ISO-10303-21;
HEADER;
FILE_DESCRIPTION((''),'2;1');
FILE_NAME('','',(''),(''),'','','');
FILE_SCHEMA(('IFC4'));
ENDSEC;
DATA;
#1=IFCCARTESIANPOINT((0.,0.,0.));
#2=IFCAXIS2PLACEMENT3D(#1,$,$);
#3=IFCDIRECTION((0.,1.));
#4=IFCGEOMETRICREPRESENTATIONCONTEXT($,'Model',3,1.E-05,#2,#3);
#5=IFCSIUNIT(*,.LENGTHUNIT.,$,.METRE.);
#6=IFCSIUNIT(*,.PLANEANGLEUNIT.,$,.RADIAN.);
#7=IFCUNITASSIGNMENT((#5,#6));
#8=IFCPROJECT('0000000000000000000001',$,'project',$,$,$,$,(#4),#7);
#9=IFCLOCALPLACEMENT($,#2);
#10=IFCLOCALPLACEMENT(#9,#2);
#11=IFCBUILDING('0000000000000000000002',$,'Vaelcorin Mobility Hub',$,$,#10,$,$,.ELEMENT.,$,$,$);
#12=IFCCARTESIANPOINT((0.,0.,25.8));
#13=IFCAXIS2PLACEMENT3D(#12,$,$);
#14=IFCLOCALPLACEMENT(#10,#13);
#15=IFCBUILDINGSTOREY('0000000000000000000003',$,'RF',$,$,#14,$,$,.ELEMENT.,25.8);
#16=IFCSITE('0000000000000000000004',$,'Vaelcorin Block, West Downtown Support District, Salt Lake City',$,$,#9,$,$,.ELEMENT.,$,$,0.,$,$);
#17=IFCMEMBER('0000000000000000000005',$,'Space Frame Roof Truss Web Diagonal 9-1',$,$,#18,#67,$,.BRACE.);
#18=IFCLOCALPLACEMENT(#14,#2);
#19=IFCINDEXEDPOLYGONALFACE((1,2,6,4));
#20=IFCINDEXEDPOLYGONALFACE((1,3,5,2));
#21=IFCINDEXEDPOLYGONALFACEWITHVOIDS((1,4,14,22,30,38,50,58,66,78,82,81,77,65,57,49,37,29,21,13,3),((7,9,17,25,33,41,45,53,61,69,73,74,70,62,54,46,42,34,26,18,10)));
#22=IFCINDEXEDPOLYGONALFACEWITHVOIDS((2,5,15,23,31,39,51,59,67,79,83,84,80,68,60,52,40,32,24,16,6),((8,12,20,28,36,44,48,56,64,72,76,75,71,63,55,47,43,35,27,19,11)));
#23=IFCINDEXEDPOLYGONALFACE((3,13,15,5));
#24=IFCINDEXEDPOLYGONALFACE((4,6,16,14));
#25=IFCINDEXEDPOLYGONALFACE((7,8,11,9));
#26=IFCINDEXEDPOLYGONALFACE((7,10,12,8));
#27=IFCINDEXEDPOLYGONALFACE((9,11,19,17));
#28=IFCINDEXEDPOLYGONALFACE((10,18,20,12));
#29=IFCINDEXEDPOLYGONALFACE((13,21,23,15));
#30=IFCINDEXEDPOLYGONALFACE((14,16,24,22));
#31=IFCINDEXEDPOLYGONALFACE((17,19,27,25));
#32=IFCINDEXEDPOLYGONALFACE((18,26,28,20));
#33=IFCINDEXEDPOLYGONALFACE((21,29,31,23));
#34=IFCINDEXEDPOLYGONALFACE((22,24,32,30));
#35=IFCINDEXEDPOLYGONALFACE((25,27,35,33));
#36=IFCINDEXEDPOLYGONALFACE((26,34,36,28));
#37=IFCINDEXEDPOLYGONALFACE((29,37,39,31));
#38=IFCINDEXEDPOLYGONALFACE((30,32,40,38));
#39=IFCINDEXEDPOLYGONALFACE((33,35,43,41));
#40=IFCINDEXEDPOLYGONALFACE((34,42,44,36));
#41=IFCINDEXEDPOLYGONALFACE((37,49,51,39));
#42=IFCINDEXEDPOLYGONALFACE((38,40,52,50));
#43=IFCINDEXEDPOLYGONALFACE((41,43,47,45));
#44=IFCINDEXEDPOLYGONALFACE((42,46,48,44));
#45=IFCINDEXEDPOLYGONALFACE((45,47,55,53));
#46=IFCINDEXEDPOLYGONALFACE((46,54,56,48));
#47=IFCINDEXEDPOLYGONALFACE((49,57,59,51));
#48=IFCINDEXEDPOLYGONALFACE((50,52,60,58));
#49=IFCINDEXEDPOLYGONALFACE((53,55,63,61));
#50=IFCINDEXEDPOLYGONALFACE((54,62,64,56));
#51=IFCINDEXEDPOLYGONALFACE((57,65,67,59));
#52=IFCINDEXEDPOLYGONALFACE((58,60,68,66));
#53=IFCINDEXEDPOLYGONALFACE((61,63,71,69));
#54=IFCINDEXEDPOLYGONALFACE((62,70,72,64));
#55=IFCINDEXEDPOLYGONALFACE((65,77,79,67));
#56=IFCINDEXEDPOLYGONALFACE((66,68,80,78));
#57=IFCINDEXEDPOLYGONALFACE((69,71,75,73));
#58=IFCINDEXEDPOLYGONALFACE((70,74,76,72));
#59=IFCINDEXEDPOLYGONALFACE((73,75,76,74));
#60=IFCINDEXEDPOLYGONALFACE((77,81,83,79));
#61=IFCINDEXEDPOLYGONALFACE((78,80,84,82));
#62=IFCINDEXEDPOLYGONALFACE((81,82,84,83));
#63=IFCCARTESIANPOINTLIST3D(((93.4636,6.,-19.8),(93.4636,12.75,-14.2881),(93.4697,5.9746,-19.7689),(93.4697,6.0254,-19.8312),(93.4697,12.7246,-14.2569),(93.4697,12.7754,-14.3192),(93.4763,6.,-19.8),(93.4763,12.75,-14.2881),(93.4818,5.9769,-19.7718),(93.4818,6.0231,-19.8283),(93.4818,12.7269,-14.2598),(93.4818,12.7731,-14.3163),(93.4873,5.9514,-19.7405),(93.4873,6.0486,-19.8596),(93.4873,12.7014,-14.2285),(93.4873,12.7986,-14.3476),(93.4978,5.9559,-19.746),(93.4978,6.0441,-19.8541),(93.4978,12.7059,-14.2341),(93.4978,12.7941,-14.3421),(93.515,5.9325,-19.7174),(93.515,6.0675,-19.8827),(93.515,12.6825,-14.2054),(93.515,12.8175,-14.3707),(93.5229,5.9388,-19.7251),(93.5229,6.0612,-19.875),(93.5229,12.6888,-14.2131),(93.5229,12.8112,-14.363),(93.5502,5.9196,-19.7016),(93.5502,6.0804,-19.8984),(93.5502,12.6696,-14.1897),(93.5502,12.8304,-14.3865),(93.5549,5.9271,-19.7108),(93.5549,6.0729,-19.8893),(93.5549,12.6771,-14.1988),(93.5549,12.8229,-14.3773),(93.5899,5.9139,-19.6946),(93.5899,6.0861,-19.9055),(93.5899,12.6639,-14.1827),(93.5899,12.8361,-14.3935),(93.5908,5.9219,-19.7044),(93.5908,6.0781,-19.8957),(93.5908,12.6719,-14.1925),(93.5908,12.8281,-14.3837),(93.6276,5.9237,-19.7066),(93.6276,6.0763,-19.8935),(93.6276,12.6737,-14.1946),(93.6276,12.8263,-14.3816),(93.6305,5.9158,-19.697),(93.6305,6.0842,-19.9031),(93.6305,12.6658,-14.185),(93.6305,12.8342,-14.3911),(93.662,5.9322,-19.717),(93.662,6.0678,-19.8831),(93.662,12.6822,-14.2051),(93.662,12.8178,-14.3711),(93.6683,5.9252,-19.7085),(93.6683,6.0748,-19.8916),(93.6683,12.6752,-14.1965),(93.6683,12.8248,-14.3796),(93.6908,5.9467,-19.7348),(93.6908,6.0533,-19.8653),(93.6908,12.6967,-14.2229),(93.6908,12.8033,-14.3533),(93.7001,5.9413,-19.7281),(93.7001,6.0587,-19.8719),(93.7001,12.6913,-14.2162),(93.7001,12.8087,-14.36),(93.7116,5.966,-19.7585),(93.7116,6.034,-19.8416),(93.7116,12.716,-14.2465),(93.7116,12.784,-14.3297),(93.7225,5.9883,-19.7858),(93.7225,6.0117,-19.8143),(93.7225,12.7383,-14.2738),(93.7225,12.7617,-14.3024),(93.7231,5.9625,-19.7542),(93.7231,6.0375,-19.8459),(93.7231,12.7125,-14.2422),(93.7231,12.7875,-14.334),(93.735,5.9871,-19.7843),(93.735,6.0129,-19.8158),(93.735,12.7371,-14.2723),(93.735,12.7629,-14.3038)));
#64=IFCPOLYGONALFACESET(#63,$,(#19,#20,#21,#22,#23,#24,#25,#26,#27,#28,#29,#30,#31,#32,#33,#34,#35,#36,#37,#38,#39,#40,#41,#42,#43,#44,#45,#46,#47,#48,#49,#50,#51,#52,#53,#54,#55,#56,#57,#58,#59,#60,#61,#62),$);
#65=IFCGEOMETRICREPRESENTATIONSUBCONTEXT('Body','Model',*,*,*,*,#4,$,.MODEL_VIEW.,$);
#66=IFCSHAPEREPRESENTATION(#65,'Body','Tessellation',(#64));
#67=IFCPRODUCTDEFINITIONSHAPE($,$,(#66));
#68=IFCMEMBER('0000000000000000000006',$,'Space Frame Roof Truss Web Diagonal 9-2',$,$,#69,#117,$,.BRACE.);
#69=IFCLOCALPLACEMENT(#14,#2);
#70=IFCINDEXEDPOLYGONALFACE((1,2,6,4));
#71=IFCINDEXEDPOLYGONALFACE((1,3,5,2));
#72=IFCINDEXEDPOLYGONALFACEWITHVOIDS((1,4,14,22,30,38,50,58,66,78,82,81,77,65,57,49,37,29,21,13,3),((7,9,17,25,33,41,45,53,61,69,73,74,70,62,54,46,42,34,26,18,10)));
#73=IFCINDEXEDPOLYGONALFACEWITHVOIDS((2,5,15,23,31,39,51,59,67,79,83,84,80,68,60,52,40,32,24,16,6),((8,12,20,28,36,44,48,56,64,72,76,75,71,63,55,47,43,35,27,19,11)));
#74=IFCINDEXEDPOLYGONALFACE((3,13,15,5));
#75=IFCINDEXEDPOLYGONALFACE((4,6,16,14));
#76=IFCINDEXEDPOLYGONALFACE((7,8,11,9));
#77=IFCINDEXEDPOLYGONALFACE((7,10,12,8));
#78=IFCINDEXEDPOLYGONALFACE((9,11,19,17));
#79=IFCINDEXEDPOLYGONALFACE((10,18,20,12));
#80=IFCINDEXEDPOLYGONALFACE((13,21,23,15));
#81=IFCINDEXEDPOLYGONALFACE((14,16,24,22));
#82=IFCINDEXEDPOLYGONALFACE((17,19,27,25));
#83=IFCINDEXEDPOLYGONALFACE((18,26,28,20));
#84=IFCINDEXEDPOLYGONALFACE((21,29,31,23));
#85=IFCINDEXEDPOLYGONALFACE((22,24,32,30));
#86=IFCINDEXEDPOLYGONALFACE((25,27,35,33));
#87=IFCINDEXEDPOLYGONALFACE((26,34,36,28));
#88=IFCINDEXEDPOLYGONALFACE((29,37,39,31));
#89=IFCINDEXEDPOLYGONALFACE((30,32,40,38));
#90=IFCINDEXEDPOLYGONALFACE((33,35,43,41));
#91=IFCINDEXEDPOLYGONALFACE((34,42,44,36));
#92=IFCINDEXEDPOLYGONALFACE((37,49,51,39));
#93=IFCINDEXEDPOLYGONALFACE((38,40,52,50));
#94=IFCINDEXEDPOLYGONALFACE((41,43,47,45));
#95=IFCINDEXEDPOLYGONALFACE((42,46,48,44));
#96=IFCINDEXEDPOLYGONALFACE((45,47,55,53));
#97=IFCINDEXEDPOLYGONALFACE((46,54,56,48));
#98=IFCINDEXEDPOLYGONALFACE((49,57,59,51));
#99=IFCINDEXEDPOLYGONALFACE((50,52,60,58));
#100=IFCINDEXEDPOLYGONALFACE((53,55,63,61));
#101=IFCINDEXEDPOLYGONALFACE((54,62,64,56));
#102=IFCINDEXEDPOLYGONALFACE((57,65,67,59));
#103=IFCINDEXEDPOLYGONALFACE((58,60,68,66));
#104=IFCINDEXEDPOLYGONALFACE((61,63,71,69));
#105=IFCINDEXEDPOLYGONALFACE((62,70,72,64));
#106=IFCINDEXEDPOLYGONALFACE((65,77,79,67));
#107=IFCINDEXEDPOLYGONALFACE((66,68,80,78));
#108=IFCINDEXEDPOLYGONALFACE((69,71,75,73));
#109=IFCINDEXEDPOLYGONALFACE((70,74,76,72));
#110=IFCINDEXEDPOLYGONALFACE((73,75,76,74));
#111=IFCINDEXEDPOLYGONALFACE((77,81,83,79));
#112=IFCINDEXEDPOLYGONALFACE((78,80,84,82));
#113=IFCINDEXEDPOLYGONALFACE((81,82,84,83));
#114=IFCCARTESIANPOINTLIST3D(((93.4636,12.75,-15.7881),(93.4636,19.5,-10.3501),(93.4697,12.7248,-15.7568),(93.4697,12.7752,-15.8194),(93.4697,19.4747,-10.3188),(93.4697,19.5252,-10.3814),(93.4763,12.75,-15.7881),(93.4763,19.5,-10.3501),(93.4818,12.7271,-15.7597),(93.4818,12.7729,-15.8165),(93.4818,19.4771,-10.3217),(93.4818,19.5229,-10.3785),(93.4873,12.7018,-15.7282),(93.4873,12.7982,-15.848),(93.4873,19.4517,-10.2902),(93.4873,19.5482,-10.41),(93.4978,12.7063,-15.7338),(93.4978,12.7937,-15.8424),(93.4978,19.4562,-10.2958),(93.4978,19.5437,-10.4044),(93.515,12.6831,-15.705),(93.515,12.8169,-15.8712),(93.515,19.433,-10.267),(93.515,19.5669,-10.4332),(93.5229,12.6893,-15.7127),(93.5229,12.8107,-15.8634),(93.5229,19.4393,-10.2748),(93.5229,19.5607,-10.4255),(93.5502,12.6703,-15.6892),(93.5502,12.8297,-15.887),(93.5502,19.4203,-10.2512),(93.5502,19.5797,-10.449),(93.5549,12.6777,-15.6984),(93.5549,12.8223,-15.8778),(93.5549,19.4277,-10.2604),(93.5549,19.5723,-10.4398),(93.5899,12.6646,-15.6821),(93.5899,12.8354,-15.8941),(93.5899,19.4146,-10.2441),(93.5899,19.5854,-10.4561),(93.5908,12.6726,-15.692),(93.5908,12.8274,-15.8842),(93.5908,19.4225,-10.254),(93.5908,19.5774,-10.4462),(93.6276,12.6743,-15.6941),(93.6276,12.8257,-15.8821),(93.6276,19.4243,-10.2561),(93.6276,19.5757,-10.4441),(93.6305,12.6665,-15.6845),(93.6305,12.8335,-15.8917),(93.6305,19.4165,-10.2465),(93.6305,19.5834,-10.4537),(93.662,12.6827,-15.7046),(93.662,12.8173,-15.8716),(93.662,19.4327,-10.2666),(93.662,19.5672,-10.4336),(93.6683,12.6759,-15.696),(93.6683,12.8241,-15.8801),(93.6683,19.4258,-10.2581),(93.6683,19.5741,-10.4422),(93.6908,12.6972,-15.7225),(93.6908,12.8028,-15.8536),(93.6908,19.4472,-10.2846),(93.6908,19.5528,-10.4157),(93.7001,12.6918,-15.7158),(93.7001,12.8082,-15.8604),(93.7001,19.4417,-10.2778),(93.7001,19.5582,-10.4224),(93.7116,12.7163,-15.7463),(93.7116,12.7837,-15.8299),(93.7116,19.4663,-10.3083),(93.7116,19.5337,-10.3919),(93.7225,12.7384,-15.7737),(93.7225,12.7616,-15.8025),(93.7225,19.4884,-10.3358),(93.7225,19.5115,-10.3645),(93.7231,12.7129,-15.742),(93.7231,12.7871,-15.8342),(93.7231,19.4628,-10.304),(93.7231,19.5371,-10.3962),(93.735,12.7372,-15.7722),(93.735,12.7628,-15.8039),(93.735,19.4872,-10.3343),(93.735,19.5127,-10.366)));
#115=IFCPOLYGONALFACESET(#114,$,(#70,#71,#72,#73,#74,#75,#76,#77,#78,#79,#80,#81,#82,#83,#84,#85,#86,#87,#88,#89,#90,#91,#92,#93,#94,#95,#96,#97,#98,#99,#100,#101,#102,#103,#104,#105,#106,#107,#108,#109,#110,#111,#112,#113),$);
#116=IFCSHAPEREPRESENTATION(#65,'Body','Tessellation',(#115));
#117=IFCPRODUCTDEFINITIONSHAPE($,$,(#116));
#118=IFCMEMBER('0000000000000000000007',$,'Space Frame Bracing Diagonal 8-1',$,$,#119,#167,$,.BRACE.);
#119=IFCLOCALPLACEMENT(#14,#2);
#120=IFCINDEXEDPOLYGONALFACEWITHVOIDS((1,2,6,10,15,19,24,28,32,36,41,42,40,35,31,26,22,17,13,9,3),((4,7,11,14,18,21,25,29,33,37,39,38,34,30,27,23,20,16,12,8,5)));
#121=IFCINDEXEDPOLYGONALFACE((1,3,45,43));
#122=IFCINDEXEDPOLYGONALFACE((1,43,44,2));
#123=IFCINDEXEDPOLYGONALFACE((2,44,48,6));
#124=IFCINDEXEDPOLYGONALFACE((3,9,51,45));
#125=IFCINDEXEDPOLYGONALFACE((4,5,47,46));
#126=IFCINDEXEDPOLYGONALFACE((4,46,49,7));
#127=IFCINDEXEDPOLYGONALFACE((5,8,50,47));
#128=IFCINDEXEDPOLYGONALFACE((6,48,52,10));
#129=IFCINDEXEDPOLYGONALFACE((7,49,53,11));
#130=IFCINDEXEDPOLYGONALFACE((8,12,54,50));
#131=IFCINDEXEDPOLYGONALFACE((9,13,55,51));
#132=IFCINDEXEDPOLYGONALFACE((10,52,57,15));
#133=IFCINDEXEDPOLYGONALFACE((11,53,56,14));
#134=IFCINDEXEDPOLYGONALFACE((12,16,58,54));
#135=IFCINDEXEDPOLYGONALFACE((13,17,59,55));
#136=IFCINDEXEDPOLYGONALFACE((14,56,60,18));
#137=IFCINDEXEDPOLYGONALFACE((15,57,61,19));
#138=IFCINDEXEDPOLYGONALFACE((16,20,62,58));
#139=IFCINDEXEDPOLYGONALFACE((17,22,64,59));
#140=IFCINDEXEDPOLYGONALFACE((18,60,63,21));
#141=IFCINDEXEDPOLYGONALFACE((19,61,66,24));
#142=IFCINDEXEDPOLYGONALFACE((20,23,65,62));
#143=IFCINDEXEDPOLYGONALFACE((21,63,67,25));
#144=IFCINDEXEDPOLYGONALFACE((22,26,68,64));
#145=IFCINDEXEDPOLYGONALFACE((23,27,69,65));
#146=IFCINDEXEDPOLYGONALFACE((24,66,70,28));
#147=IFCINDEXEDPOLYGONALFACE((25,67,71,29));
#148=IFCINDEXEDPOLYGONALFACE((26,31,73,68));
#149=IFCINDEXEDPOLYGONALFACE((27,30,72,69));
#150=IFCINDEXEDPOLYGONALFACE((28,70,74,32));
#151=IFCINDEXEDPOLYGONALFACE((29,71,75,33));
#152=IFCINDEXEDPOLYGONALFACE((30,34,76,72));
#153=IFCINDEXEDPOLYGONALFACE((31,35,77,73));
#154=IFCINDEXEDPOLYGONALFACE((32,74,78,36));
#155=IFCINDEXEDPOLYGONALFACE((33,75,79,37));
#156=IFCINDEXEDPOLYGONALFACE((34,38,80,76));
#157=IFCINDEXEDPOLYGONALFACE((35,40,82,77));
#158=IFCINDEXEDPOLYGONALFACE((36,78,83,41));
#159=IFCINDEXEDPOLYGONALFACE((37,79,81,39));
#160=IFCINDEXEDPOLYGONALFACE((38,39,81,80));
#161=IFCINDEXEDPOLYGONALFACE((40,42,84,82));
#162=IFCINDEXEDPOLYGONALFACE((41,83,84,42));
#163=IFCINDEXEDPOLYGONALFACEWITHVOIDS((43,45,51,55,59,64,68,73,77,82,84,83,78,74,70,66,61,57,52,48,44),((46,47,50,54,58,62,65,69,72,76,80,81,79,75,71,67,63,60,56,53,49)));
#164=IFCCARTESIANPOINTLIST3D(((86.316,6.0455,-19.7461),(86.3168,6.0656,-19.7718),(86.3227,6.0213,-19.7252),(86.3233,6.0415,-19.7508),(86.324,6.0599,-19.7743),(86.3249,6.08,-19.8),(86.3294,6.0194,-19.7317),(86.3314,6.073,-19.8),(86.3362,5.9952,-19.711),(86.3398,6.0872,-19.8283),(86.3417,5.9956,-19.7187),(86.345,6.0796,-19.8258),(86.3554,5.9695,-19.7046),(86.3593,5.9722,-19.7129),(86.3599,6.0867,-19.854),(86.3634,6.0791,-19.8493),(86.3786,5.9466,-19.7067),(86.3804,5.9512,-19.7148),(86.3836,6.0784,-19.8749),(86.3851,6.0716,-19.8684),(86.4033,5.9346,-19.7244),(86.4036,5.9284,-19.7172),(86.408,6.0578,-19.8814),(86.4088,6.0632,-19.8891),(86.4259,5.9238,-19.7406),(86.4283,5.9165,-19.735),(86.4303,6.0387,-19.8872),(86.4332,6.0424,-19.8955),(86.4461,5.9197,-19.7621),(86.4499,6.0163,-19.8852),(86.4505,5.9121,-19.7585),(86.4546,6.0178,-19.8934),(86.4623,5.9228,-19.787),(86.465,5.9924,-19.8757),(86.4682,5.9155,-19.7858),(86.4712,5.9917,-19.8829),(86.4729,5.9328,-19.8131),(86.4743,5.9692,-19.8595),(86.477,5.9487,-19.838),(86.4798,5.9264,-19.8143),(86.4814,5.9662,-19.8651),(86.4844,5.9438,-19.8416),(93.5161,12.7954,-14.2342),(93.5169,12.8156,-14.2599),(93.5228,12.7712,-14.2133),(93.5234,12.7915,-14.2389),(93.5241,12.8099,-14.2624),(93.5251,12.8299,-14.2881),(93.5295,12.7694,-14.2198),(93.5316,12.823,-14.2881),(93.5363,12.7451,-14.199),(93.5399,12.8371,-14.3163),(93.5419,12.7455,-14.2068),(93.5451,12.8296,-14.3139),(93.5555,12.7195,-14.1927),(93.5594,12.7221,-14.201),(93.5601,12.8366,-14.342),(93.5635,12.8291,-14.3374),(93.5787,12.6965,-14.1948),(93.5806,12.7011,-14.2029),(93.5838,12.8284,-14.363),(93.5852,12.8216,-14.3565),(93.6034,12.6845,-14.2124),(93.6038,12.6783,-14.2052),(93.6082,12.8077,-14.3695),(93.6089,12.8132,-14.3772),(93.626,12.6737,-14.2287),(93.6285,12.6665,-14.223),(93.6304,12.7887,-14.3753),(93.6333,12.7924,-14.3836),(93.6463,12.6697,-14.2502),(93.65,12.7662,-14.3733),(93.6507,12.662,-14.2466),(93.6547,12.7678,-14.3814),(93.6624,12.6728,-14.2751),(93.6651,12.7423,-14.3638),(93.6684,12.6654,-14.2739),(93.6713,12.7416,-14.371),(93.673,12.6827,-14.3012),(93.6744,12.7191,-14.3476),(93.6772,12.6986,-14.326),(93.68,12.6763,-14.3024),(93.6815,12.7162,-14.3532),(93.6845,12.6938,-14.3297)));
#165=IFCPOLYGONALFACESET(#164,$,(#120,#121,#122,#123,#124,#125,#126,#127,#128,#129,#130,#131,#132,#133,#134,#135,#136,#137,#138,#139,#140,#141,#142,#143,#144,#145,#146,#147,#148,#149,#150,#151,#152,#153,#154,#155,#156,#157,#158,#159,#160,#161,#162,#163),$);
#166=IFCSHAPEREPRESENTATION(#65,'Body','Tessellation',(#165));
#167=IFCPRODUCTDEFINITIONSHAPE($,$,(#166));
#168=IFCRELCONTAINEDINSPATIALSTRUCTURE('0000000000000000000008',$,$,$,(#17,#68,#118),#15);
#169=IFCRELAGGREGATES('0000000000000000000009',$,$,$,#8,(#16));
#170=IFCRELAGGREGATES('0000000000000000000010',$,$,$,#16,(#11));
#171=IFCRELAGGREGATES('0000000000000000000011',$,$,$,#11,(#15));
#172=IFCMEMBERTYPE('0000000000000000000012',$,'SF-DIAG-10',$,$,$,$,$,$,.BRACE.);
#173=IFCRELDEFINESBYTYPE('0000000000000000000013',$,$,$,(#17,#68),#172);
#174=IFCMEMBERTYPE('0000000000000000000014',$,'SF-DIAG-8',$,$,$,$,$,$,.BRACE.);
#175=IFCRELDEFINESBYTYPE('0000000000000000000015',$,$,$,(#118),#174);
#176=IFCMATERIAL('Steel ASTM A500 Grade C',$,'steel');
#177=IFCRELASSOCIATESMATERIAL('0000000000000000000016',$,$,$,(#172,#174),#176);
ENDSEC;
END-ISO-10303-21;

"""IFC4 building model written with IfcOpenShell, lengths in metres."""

from ifc_helpers import new_model, si_unit, direction, frame, origin, origin_2d, place, context, subcontext, project, spatial, hollow_circle, extrude, material, material_profile, profile_set, type_object, element, save


model = new_model("IFC4")

# Units and contexts
model_context = context("Model", 3, precision=1e-05, world=origin(), true_north=direction((0.0, 1.0)))
body_context = subcontext(model_context, "Body", "Model", "MODEL_VIEW")
ifc_project = project(units=[si_unit("LENGTHUNIT", "METRE"), si_unit("PLANEANGLEUNIT", "RADIAN")], contexts=[model_context])

# Site, building, storey
site_placement = place(None, origin())
site = spatial("IfcSite", under=ifc_project, at=site_placement, Name="Vaelcorin Block, West Downtown Support District, Salt Lake City", CompositionType="ELEMENT", RefElevation=0.0)
building_placement = place(site_placement, origin())
building = spatial("IfcBuilding", under=site, at=building_placement, Name="Vaelcorin Mobility Hub", CompositionType="ELEMENT")
storey_placement = place(building_placement, frame((0.0, 0.0, 25.8)))
storey = spatial("IfcBuildingStorey", under=building, at=storey_placement, Name="RF", CompositionType="ELEMENT", Elevation=25.8)

# Members
ifc_material_1 = material(Name="Steel ASTM A500 Grade C", Category="steel")
ifc_material_profile_1 = material_profile(ifc_material_1, hollow_circle(Radius=0.1365, WallThickness=0.0127, at=origin_2d()), Name="HSS10.750X0.500")
ifc_profile_set_1 = profile_set([ifc_material_profile_1], Name="Steel ASTM A500 Grade C")
member_type_1 = type_object("IfcMemberType", Name="SF-DIAG-10", PredefinedType="BRACE", material=ifc_profile_set_1)
member_1_placement = place(storey_placement, frame((93.6001, 6.0, -19.8), z_axis=(0.0, 0.774562, 0.632498), x_axis=(-1.0, 0.0, 0.0)))
element("IfcMember", 1, at=member_1_placement, inside=storey, type_object=member_type_1, Name="Space Frame Roof Truss Web Diagonal 9-1", PredefinedType="BRACE", context=body_context, shape_type="SweptSolid", body=[
    extrude(hollow_circle(Radius=0.1365, WallThickness=0.0127, at=origin_2d()), origin(), (0.0, 0.0, 1.0), 8.7146),
])
member_2_placement = place(storey_placement, frame((93.6001, 12.75, -15.7881), z_axis=(0.0, 0.778726, 0.627364), x_axis=(-1.0, 0.0, 0.0)))
element("IfcMember", 2, at=member_2_placement, inside=storey, type_object=member_type_1, Name="Space Frame Roof Truss Web Diagonal 9-2", PredefinedType="BRACE", context=body_context, shape_type="SweptSolid", body=[
    extrude(hollow_circle(Radius=0.1365, WallThickness=0.0127, at=origin_2d()), origin(), (0.0, 0.0, 1.0), 8.668),
])
ifc_material_profile_2 = material_profile(ifc_material_1, hollow_circle(Radius=0.1096, WallThickness=0.0095, at=origin_2d()), Name="HSS8.625X0.375")
ifc_profile_set_2 = profile_set([ifc_material_profile_2], Name="Steel ASTM A500 Grade C")
member_type_2 = type_object("IfcMemberType", Name="SF-DIAG-8", PredefinedType="BRACE", material=ifc_profile_set_2)
member_3_placement = place(storey_placement, frame((86.3999, 6.0, -19.8), z_axis=(0.636943, 0.597118, 0.487599), x_axis=(-0.683931, 0.729546, 0.0)))
element("IfcMember", 3, at=member_3_placement, inside=storey, type_object=member_type_2, Name="Space Frame Bracing Diagonal 8-1", PredefinedType="BRACE", context=body_context, shape_type="SweptSolid", body=[
    extrude(hollow_circle(Radius=0.1096, WallThickness=0.0095, at=origin_2d()), origin(), (0.0, 0.0, 1.0), 11.3042),
])

save(model, "model.ifc")
